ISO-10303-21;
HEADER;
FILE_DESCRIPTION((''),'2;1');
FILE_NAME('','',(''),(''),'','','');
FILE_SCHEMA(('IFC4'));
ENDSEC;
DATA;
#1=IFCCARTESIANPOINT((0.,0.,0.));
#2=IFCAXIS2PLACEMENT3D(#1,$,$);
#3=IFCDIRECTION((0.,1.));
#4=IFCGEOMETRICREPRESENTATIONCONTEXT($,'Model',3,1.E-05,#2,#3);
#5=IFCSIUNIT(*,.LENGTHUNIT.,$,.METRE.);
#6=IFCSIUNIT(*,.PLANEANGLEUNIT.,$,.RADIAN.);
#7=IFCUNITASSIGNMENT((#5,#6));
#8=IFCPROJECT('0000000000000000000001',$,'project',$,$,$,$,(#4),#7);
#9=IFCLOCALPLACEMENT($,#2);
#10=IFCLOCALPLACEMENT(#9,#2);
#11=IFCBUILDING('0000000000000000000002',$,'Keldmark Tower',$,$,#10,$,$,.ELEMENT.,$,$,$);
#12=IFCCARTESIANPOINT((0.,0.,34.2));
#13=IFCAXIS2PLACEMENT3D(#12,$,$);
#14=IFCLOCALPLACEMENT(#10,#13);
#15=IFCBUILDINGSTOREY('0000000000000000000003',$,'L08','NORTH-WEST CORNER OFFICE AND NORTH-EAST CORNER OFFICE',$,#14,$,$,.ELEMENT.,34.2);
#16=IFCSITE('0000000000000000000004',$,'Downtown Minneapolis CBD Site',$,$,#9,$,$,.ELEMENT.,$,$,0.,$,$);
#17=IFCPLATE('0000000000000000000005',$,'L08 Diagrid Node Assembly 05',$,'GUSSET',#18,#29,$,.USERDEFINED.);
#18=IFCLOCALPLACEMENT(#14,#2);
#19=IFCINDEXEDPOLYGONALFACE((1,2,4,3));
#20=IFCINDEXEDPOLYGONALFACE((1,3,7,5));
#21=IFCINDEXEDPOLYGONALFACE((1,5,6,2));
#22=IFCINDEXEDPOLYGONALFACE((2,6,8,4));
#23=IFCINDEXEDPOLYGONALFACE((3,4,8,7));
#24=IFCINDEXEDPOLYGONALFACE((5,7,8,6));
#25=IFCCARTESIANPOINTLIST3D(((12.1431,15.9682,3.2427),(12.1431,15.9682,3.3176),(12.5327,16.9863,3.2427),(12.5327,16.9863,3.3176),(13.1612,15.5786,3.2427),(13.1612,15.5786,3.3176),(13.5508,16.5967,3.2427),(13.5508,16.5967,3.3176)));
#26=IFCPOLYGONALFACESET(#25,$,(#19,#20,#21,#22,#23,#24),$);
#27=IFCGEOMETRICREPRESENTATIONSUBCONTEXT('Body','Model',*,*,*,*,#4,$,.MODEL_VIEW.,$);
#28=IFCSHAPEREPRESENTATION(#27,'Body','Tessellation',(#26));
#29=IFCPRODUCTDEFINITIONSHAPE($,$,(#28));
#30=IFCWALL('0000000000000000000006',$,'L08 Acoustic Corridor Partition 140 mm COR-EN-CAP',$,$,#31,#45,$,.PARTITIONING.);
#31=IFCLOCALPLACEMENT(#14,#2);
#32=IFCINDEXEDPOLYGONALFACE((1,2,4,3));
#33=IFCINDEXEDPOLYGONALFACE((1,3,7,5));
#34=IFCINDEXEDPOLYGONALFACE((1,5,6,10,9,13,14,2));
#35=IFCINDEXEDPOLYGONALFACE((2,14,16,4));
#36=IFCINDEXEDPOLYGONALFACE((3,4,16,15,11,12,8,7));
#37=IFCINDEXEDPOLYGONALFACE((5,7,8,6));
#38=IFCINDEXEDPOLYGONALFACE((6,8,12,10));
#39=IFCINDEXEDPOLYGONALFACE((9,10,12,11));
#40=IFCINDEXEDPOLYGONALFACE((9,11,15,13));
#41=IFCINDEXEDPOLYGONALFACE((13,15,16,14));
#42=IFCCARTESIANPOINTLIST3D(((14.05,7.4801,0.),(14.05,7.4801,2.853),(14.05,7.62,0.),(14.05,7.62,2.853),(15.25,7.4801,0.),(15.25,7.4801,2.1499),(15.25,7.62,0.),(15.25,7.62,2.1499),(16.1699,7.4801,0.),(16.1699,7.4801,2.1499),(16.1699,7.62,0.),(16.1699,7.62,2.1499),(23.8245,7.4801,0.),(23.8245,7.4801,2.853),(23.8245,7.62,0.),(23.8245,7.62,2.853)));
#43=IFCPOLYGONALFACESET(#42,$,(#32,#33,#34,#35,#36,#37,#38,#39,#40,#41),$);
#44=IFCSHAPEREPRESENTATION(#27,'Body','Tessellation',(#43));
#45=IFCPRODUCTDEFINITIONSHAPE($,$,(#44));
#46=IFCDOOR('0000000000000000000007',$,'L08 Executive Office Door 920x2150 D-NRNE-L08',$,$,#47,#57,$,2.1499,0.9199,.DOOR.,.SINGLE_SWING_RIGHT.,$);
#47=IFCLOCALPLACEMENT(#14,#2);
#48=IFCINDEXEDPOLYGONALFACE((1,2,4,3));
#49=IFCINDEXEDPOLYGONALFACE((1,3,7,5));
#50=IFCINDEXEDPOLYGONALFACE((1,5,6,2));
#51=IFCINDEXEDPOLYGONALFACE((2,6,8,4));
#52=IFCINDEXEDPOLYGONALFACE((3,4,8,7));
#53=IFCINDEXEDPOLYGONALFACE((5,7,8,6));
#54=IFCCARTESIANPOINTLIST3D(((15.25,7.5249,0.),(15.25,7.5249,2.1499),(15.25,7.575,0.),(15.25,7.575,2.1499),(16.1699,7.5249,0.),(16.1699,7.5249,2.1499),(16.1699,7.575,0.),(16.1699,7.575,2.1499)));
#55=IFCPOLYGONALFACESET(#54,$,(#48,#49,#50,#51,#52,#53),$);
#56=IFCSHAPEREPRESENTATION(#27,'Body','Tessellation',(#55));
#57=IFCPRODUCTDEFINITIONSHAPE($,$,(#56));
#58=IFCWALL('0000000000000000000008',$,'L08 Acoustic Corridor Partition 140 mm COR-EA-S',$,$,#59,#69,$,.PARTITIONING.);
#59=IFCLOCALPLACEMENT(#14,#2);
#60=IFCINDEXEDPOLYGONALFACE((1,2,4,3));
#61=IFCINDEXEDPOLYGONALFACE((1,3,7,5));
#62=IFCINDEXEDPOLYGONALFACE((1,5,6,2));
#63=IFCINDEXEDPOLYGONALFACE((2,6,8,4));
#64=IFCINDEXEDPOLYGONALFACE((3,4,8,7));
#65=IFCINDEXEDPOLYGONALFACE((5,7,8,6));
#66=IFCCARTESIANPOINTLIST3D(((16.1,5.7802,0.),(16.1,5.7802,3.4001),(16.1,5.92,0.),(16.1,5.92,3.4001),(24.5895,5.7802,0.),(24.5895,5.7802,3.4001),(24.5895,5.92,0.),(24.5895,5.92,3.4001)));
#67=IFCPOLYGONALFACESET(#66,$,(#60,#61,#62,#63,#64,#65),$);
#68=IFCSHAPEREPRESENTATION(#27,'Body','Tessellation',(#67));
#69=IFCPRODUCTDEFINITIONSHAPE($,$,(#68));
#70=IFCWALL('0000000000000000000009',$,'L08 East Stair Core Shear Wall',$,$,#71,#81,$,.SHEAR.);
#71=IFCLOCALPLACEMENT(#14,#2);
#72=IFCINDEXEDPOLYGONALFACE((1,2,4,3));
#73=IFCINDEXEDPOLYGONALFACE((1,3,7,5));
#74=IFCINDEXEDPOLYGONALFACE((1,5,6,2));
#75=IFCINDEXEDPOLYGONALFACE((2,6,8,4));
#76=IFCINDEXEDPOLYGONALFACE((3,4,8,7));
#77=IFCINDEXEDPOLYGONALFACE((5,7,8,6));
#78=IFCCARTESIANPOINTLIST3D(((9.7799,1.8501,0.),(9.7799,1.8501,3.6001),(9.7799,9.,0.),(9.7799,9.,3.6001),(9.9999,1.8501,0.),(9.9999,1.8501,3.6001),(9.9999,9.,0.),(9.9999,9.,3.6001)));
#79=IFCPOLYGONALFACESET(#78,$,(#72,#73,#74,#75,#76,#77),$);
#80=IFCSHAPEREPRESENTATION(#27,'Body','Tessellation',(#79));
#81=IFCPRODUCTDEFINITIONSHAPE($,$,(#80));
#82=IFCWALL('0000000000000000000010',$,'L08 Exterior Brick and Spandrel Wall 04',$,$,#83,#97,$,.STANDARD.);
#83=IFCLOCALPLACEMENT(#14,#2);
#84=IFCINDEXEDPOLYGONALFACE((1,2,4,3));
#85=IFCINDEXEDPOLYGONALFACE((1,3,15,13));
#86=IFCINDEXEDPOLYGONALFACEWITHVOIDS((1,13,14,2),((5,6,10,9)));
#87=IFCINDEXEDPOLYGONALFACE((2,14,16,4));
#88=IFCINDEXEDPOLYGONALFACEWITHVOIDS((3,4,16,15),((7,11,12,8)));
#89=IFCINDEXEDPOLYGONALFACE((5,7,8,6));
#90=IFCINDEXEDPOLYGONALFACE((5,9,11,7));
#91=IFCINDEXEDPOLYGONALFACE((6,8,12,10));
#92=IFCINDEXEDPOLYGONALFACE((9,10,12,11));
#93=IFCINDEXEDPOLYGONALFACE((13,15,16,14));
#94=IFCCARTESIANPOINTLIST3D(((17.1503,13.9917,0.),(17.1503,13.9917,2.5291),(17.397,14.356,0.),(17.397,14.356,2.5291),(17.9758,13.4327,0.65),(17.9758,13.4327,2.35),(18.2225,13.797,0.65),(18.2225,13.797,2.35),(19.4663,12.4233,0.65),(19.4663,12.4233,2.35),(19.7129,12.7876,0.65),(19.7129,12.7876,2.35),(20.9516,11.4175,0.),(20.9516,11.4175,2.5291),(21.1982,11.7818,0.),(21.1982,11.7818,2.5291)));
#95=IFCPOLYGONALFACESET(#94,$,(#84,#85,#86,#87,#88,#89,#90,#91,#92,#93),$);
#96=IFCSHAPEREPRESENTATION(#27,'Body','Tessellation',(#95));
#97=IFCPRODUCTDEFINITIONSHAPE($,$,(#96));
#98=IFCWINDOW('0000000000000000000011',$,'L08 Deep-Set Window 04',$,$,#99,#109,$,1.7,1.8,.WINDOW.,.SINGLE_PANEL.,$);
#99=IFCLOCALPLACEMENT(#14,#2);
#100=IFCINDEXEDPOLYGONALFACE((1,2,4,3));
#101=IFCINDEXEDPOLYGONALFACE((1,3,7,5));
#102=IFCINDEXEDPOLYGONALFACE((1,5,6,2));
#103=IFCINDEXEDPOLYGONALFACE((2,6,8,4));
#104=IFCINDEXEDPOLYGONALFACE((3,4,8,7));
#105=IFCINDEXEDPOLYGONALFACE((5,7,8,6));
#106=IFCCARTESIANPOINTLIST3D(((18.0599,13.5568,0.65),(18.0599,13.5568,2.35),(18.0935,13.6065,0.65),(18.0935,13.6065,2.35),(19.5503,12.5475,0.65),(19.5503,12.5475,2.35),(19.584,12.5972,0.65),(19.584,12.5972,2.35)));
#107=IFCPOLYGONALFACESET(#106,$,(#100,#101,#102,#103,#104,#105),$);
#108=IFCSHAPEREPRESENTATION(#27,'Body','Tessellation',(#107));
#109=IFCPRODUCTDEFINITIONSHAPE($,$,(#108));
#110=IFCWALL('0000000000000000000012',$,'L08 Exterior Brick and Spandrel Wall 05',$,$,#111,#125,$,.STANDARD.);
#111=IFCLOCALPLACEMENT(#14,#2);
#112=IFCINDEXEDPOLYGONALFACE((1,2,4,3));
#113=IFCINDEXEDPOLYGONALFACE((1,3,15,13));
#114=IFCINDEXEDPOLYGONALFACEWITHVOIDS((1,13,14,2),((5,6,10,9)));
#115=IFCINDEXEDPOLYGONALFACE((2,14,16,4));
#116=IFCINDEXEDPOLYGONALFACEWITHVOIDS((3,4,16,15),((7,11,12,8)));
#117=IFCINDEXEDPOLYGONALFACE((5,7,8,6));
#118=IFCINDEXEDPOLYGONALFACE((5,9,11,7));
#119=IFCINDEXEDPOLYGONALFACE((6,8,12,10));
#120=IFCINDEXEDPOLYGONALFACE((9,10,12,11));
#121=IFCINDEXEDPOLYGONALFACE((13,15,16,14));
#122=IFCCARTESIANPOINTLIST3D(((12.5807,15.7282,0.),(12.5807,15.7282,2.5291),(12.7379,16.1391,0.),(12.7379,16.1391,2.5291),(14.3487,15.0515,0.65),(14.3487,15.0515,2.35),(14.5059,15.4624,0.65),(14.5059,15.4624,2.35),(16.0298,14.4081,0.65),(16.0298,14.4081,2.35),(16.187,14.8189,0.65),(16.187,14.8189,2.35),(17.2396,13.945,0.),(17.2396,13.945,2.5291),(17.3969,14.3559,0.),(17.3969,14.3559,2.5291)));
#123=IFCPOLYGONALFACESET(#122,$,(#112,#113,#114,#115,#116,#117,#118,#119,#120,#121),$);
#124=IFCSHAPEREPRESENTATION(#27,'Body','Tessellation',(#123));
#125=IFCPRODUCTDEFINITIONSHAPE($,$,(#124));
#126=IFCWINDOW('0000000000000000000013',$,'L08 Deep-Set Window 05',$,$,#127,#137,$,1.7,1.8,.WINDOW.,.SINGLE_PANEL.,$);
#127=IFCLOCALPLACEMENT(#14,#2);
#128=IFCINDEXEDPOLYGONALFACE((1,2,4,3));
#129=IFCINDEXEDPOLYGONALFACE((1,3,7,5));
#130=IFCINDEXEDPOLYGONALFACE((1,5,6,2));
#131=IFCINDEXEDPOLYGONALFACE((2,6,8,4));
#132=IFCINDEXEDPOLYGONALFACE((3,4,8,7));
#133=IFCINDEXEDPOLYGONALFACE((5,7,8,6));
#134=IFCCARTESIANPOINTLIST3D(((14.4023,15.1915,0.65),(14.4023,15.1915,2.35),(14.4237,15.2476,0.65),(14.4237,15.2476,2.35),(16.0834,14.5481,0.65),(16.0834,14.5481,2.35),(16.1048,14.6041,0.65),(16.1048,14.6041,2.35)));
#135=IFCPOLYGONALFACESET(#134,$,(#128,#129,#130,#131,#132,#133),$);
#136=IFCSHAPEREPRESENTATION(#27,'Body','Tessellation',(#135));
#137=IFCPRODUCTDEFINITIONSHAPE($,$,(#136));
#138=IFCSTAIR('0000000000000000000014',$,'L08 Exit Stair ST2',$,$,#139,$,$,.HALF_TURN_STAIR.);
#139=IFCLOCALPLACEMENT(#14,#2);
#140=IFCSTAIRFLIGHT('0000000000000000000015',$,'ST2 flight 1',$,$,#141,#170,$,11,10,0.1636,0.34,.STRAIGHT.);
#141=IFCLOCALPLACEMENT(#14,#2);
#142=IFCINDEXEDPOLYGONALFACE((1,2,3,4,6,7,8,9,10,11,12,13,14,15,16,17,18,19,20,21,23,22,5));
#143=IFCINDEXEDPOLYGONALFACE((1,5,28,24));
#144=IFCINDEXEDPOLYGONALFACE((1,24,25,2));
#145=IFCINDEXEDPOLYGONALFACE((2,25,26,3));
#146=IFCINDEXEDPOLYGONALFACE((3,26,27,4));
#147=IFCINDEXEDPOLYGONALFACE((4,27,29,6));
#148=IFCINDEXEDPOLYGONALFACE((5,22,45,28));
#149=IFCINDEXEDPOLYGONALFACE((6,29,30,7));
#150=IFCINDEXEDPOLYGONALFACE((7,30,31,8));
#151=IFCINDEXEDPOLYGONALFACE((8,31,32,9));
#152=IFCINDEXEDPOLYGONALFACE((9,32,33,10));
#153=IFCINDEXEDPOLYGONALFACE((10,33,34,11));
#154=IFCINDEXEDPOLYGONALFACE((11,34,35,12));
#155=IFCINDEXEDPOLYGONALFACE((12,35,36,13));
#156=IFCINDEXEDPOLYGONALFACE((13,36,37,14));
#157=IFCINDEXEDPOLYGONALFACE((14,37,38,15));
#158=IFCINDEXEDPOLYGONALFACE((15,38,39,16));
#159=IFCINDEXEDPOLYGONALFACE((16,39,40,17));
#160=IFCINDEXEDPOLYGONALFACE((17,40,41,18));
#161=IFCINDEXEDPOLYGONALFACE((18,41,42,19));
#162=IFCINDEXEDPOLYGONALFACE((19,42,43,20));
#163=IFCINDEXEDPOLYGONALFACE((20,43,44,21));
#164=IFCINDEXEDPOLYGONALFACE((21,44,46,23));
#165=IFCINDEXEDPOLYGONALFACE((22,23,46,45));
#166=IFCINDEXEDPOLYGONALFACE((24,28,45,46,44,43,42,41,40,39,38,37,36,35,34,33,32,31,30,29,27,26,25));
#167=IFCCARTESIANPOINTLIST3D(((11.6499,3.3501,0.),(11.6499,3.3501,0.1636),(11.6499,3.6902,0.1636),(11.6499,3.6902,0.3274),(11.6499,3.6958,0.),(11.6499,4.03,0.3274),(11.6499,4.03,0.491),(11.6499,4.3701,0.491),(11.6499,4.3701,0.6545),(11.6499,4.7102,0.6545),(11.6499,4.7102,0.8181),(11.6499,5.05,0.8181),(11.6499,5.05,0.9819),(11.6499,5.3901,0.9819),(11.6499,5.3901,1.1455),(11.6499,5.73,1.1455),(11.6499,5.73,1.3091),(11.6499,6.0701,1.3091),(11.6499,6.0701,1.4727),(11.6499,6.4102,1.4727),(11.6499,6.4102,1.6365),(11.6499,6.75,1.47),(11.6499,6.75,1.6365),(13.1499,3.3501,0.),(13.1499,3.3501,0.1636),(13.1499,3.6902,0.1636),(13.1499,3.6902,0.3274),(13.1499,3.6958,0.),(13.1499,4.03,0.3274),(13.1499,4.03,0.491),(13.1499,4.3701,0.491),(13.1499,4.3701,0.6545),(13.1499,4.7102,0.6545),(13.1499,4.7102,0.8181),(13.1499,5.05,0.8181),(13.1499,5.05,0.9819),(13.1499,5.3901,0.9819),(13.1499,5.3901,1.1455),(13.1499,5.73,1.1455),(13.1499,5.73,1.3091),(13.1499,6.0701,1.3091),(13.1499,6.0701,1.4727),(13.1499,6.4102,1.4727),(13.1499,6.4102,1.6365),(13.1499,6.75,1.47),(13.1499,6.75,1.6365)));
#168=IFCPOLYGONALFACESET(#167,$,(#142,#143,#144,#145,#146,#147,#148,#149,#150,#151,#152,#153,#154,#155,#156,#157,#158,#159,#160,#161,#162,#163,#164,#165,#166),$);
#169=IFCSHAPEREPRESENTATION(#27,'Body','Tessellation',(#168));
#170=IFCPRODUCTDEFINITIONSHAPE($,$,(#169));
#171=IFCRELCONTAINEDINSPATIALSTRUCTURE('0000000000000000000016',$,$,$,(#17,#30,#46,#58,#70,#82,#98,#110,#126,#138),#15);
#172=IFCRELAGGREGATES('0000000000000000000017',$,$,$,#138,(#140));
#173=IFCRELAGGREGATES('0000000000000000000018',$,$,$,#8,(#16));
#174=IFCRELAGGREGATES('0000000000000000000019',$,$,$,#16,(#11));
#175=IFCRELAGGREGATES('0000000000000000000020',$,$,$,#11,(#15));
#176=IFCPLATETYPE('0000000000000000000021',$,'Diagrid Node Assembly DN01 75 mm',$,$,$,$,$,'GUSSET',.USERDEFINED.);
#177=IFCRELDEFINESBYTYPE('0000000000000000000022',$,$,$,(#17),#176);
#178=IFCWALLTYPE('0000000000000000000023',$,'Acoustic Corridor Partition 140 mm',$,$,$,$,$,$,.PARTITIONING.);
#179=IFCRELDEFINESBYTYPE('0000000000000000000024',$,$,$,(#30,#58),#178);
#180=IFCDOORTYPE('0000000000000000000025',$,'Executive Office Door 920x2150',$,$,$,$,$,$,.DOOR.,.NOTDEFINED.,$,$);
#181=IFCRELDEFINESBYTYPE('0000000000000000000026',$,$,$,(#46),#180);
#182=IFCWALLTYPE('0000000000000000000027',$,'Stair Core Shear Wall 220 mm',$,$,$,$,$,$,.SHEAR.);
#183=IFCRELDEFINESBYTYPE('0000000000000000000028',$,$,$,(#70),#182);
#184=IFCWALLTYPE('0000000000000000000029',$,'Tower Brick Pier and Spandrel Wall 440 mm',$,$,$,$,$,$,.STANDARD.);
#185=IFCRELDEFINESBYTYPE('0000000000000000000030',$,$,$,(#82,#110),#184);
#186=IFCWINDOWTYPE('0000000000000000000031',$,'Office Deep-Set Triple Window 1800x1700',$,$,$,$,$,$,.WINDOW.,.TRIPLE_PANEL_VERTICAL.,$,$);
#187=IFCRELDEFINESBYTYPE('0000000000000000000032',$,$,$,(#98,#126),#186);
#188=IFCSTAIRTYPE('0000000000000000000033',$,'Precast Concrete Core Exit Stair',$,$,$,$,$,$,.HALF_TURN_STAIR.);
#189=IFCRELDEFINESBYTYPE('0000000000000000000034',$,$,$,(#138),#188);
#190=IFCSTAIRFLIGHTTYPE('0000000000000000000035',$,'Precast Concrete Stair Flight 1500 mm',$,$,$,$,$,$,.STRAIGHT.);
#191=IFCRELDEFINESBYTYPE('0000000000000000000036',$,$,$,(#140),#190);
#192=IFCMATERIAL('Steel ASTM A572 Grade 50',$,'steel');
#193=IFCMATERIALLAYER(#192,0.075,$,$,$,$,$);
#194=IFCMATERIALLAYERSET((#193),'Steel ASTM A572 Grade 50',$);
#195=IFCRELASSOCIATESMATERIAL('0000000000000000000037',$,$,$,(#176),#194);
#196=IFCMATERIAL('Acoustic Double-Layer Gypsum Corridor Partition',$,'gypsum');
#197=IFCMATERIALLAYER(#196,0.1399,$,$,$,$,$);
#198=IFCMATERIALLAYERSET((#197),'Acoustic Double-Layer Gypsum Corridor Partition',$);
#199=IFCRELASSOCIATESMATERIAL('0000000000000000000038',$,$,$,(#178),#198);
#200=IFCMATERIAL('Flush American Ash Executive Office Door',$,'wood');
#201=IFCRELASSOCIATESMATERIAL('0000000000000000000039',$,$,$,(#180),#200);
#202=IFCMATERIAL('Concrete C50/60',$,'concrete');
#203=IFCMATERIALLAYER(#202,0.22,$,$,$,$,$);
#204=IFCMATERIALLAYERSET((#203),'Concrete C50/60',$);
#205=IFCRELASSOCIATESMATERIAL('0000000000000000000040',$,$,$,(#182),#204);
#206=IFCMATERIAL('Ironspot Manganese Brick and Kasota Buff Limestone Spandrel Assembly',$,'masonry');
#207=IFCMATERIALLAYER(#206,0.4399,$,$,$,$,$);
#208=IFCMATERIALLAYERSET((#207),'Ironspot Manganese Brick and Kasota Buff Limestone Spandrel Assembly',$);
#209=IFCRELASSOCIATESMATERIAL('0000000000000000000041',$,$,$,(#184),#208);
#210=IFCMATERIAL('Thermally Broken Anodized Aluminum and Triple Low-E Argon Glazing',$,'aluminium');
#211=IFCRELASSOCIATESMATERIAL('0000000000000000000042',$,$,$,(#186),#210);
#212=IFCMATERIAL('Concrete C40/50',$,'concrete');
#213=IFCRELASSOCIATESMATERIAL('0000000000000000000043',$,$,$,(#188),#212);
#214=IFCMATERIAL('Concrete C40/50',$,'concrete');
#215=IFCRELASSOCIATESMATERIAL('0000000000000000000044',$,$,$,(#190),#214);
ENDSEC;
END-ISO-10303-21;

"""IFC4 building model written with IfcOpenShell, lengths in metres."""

from ifc_helpers import new_model, si_unit, direction, frame, frame_2d, origin, origin_2d, place, context, subcontext, project, spatial, polyline, rectangle, outline, extrude, material, layer, layer_set, type_object, element, fill, aggregate, save


model = new_model("IFC4")

# Units and contexts
model_context = context("Model", 3, precision=1e-05, world=origin(), true_north=direction((0.0, 1.0)))
body_context = subcontext(model_context, "Body", "Model", "MODEL_VIEW")
ifc_project = project(units=[si_unit("LENGTHUNIT", "METRE"), si_unit("PLANEANGLEUNIT", "RADIAN")], contexts=[model_context])

# Site, building, storey
site_placement = place(None, origin())
site = spatial("IfcSite", under=ifc_project, at=site_placement, Name="Downtown Minneapolis CBD Site", CompositionType="ELEMENT", RefElevation=0.0)
building_placement = place(site_placement, origin())
building = spatial("IfcBuilding", under=site, at=building_placement, Name="Keldmark Tower", CompositionType="ELEMENT")
storey_placement = place(building_placement, frame((0.0, 0.0, 34.2)))
storey = spatial("IfcBuildingStorey", under=building, at=storey_placement, Name="L08", Description="NORTH-WEST CORNER OFFICE AND NORTH-EAST CORNER OFFICE", CompositionType="ELEMENT", Elevation=34.2)

# Plate
ifc_material_1 = material(Name="Steel ASTM A572 Grade 50", Category="steel")
ifc_layer_1 = layer(ifc_material_1, 0.075)
ifc_layer_set_1 = layer_set([ifc_layer_1], Name="Steel ASTM A572 Grade 50")
plate_type_1 = type_object("IfcPlateType", Name="Diagrid Node Assembly DN01 75 mm", ElementType="GUSSET", PredefinedType="USERDEFINED", material=ifc_layer_set_1)
plate_placement = place(storey_placement, frame((12.8469, 16.2825, 3.2427), z_axis=(0.0, 0.0, 1.0), x_axis=(-0.933955, 0.35739, 0.0)))
element("IfcPlate", 1, at=plate_placement, inside=storey, type_object=plate_type_1, Name="L08 Diagrid Node Assembly 05", ObjectType="GUSSET", PredefinedType="USERDEFINED", context=body_context, shape_type="SweptSolid", body=[
    extrude(rectangle(XDim=1.0901, YDim=1.0901, at=origin_2d()), origin(), (0.0, 0.0, 1.0), 0.075),
])

# Wall, opening, door
ifc_material_2 = material(Name="Acoustic Double-Layer Gypsum Corridor Partition", Category="gypsum")
ifc_layer_2 = layer(ifc_material_2, 0.1399)
ifc_layer_set_2 = layer_set([ifc_layer_2], Name="Acoustic Double-Layer Gypsum Corridor Partition")
wall_type_1 = type_object("IfcWallType", Name="Acoustic Corridor Partition 140 mm", PredefinedType="PARTITIONING", material=ifc_layer_set_2)
wall_1_placement = place(storey_placement, frame((14.05, 7.55, 0.0), z_axis=(0.0, 0.0, 1.0), x_axis=(1.0, 0.0, 0.0)))
wall_1 = element("IfcWall", 2, at=wall_1_placement, inside=storey, type_object=wall_type_1, Name="L08 Acoustic Corridor Partition 140 mm COR-EN-CAP", PredefinedType="PARTITIONING", context=body_context, shape_type="SweptSolid", body=[
    extrude(rectangle(XDim=9.7744, YDim=0.1399, at=frame_2d((4.8872, 0.0))), origin(), (0.0, 0.0, 1.0), 2.853),
])
opening_1_placement = place(wall_1_placement, frame((1.2, 0.0, 0.0)))
opening_1 = element("IfcOpeningElement", 3, at=opening_1_placement, cuts=wall_1, PredefinedType="OPENING", context=body_context, shape_type="SweptSolid", body=[
    extrude(rectangle(XDim=0.9199, YDim=2.1499, at=frame_2d((0.46, 1.075))), frame((0.0, 0.0798, 0.0), z_axis=(0.0, -1.0, 0.0), x_axis=(1.0, 0.0, 0.0)), (0.0, 0.0, 1.0), 0.1599),
])
ifc_material_3 = material(Name="Flush American Ash Executive Office Door", Category="wood")
door_type = type_object("IfcDoorType", Name="Executive Office Door 920x2150", OperationType="NOTDEFINED", PredefinedType="DOOR", material=ifc_material_3)
door_placement = place(opening_1_placement, origin())
door = element("IfcDoor", 4, at=door_placement, inside=storey, type_object=door_type, Name="L08 Executive Office Door 920x2150 D-NRNE-L08", OperationType="SINGLE_SWING_RIGHT", OverallHeight=2.1499, OverallWidth=0.9199, PredefinedType="DOOR", context=body_context, shape_type="SweptSolid", body=[
    extrude(rectangle(XDim=0.9199, YDim=2.1499, at=frame_2d((0.46, 1.075))), frame((0.0, 0.0249, 0.0), z_axis=(0.0, -1.0, 0.0), x_axis=(1.0, 0.0, 0.0)), (0.0, 0.0, 1.0), 0.05),
])
fill(opening_1, door)

# Walls
wall_2_placement = place(storey_placement, frame((16.1001, 5.8501, 0.0), z_axis=(0.0, 0.0, 1.0), x_axis=(1.0, 0.0, 0.0)))
element("IfcWall", 5, at=wall_2_placement, inside=storey, type_object=wall_type_1, Name="L08 Acoustic Corridor Partition 140 mm COR-EA-S", PredefinedType="PARTITIONING", context=body_context, shape_type="SweptSolid", body=[
    extrude(rectangle(XDim=8.4895, YDim=0.1399, at=frame_2d((4.2446, 0.0))), origin(), (0.0, 0.0, 1.0), 3.4001),
])
ifc_material_4 = material(Name="Concrete C50/60", Category="concrete")
ifc_layer_3 = layer(ifc_material_4, 0.22)
ifc_layer_set_3 = layer_set([ifc_layer_3], Name="Concrete C50/60")
wall_type_2 = type_object("IfcWallType", Name="Stair Core Shear Wall 220 mm", PredefinedType="SHEAR", material=ifc_layer_set_3)
wall_3_placement = place(storey_placement, frame((9.8899, 1.8501, 0.0), z_axis=(0.0, 0.0, 1.0), x_axis=(0.0, 1.0, 0.0)))
element("IfcWall", 6, at=wall_3_placement, inside=storey, type_object=wall_type_2, Name="L08 East Stair Core Shear Wall", PredefinedType="SHEAR", context=body_context, shape_type="SweptSolid", body=[
    extrude(rectangle(XDim=7.1499, YDim=0.22, at=frame_2d((3.575, 0.0))), origin(), (0.0, 0.0, 1.0), 3.6001),
])

# Walls, openings, windows
ifc_material_5 = material(Name="Ironspot Manganese Brick and Kasota Buff Limestone Spandrel Assembly", Category="masonry")
ifc_layer_4 = layer(ifc_material_5, 0.4399)
ifc_layer_set_4 = layer_set([ifc_layer_4], Name="Ironspot Manganese Brick and Kasota Buff Limestone Spandrel Assembly")
wall_type_3 = type_object("IfcWallType", Name="Tower Brick Pier and Spandrel Wall 440 mm", PredefinedType="STANDARD", material=ifc_layer_set_4)
wall_4_placement = place(storey_placement, frame((17.2737, 14.1738, 0.0), z_axis=(0.0, 0.0, 1.0), x_axis=(0.828003, -0.560723, 0.0)))
wall_4 = element("IfcWall", 7, at=wall_4_placement, inside=storey, type_object=wall_type_3, Name="L08 Exterior Brick and Spandrel Wall 04", PredefinedType="STANDARD", context=body_context, shape_type="SweptSolid", body=[
    extrude(rectangle(XDim=4.5908, YDim=0.4399, at=frame_2d((2.2954, 0.0))), origin(), (0.0, 0.0, 1.0), 2.5291),
])
opening_2_placement = place(wall_4_placement, frame((0.9971, 0.0, 0.6499)))
opening_2 = element("IfcOpeningElement", 8, at=opening_2_placement, cuts=wall_4, PredefinedType="OPENING", context=body_context, shape_type="SweptSolid", body=[
    extrude(rectangle(XDim=1.8, YDim=1.7, at=frame_2d((0.8999, 0.8501))), frame((0.0, 0.23, 0.0), z_axis=(0.0, -1.0, 0.0), x_axis=(1.0, 0.0, 0.0)), (0.0, 0.0, 1.0), 0.46),
])
ifc_material_6 = material(Name="Thermally Broken Anodized Aluminum and Triple Low-E Argon Glazing", Category="aluminium")
window_type = type_object("IfcWindowType", Name="Office Deep-Set Triple Window 1800x1700", PartitioningType="TRIPLE_PANEL_VERTICAL", PredefinedType="WINDOW", material=ifc_material_6)
window_1_placement = place(opening_2_placement, origin())
window_1 = element("IfcWindow", 9, at=window_1_placement, inside=storey, type_object=window_type, Name="L08 Deep-Set Window 04", OverallHeight=1.7, OverallWidth=1.8, PartitioningType="SINGLE_PANEL", PredefinedType="WINDOW", context=body_context, shape_type="SweptSolid", body=[
    extrude(rectangle(XDim=1.8, YDim=1.7, at=frame_2d((0.8999, 0.8501))), frame((0.0, -0.01, 0.0), z_axis=(0.0, -1.0, 0.0), x_axis=(1.0, 0.0, 0.0)), (0.0, 0.0, 1.0), 0.0601),
])
fill(opening_2, window_1)
wall_5_placement = place(storey_placement, frame((12.6594, 15.9336, 0.0), z_axis=(0.0, 0.0, 1.0), x_axis=(0.933928, -0.35746, 0.0)))
wall_5 = element("IfcWall", 10, at=wall_5_placement, inside=storey, type_object=wall_type_3, Name="L08 Exterior Brick and Spandrel Wall 05", PredefinedType="STANDARD", context=body_context, shape_type="SweptSolid", body=[
    extrude(rectangle(XDim=4.9885, YDim=0.4399, at=frame_2d((2.4941, 0.0))), origin(), (0.0, 0.0, 1.0), 2.5291),
])
opening_3_placement = place(wall_5_placement, frame((1.8931, 0.0, 0.6499)))
opening_3 = element("IfcOpeningElement", 11, at=opening_3_placement, cuts=wall_5, PredefinedType="OPENING", context=body_context, shape_type="SweptSolid", body=[
    extrude(rectangle(XDim=1.8, YDim=1.7, at=frame_2d((0.8999, 0.8501))), frame((0.0, 0.23, 0.0), z_axis=(0.0, -1.0, 0.0), x_axis=(1.0, 0.0, 0.0)), (0.0, 0.0, 1.0), 0.46),
])
window_2_placement = place(opening_3_placement, origin())
window_2 = element("IfcWindow", 12, at=window_2_placement, inside=storey, type_object=window_type, Name="L08 Deep-Set Window 05", OverallHeight=1.7, OverallWidth=1.8, PartitioningType="SINGLE_PANEL", PredefinedType="WINDOW", context=body_context, shape_type="SweptSolid", body=[
    extrude(rectangle(XDim=1.8, YDim=1.7, at=frame_2d((0.8999, 0.8501))), frame((0.0, -0.01, 0.0), z_axis=(0.0, -1.0, 0.0), x_axis=(1.0, 0.0, 0.0)), (0.0, 0.0, 1.0), 0.0601),
])
fill(opening_3, window_2)

# Stair, stair flight
ifc_material_7 = material(Name="Concrete C40/50", Category="concrete")
stair_type = type_object("IfcStairType", Name="Precast Concrete Core Exit Stair", PredefinedType="HALF_TURN_STAIR", material=ifc_material_7)
stair_placement = place(storey_placement, origin())
stair = element("IfcStair", 13, at=stair_placement, inside=storey, type_object=stair_type, Name="L08 Exit Stair ST2", PredefinedType="HALF_TURN_STAIR")
ifc_material_8 = material(Name="Concrete C40/50", Category="concrete")
stair_flight_type = type_object("IfcStairFlightType", Name="Precast Concrete Stair Flight 1500 mm", PredefinedType="STRAIGHT", material=ifc_material_8)
stair_flight_1_placement = place(storey_placement, frame((12.3999, 3.3501, 0.0), z_axis=(0.0, 0.0, 1.0), x_axis=(0.0, 1.0, 0.0)))
stair_flight_1 = element("IfcStairFlight", 14, at=stair_flight_1_placement, type_object=stair_flight_type, Name="ST2 flight 1", NumberOfRisers=11, NumberOfTreads=10, PredefinedType="STRAIGHT", RiserHeight=0.1636, TreadLength=0.34, context=body_context, shape_type="SweptSolid", body=[
    extrude(outline(polyline([(0.0, 0.0), (0.0, 0.1636), (0.3401, 0.1636), (0.3401, 0.3274), (0.6799, 0.3274), (0.6799, 0.491), (1.02, 0.491), (1.02, 0.6545), (1.3601, 0.6545), (1.3601, 0.8181), (1.7, 0.8181), (1.7, 0.9819), (2.04, 0.9819), (2.04, 1.1455), (2.3799, 1.1455), (2.3799, 1.3091), (2.72, 1.3091), (2.72, 1.4727), (3.0601, 1.4727), (3.0601, 1.6365), (3.3999, 1.6365), (3.3999, 1.8), (3.3999, 1.47), (0.3457, 0.0), (0.0, 0.0)])), frame((0.0, 0.75, 0.0), z_axis=(0.0, -1.0, 0.0), x_axis=(1.0, 0.0, 0.0)), (0.0, 0.0, 1.0), 1.5),
])
aggregate(stair, [stair_flight_1])

save(model, "model.ifc")
